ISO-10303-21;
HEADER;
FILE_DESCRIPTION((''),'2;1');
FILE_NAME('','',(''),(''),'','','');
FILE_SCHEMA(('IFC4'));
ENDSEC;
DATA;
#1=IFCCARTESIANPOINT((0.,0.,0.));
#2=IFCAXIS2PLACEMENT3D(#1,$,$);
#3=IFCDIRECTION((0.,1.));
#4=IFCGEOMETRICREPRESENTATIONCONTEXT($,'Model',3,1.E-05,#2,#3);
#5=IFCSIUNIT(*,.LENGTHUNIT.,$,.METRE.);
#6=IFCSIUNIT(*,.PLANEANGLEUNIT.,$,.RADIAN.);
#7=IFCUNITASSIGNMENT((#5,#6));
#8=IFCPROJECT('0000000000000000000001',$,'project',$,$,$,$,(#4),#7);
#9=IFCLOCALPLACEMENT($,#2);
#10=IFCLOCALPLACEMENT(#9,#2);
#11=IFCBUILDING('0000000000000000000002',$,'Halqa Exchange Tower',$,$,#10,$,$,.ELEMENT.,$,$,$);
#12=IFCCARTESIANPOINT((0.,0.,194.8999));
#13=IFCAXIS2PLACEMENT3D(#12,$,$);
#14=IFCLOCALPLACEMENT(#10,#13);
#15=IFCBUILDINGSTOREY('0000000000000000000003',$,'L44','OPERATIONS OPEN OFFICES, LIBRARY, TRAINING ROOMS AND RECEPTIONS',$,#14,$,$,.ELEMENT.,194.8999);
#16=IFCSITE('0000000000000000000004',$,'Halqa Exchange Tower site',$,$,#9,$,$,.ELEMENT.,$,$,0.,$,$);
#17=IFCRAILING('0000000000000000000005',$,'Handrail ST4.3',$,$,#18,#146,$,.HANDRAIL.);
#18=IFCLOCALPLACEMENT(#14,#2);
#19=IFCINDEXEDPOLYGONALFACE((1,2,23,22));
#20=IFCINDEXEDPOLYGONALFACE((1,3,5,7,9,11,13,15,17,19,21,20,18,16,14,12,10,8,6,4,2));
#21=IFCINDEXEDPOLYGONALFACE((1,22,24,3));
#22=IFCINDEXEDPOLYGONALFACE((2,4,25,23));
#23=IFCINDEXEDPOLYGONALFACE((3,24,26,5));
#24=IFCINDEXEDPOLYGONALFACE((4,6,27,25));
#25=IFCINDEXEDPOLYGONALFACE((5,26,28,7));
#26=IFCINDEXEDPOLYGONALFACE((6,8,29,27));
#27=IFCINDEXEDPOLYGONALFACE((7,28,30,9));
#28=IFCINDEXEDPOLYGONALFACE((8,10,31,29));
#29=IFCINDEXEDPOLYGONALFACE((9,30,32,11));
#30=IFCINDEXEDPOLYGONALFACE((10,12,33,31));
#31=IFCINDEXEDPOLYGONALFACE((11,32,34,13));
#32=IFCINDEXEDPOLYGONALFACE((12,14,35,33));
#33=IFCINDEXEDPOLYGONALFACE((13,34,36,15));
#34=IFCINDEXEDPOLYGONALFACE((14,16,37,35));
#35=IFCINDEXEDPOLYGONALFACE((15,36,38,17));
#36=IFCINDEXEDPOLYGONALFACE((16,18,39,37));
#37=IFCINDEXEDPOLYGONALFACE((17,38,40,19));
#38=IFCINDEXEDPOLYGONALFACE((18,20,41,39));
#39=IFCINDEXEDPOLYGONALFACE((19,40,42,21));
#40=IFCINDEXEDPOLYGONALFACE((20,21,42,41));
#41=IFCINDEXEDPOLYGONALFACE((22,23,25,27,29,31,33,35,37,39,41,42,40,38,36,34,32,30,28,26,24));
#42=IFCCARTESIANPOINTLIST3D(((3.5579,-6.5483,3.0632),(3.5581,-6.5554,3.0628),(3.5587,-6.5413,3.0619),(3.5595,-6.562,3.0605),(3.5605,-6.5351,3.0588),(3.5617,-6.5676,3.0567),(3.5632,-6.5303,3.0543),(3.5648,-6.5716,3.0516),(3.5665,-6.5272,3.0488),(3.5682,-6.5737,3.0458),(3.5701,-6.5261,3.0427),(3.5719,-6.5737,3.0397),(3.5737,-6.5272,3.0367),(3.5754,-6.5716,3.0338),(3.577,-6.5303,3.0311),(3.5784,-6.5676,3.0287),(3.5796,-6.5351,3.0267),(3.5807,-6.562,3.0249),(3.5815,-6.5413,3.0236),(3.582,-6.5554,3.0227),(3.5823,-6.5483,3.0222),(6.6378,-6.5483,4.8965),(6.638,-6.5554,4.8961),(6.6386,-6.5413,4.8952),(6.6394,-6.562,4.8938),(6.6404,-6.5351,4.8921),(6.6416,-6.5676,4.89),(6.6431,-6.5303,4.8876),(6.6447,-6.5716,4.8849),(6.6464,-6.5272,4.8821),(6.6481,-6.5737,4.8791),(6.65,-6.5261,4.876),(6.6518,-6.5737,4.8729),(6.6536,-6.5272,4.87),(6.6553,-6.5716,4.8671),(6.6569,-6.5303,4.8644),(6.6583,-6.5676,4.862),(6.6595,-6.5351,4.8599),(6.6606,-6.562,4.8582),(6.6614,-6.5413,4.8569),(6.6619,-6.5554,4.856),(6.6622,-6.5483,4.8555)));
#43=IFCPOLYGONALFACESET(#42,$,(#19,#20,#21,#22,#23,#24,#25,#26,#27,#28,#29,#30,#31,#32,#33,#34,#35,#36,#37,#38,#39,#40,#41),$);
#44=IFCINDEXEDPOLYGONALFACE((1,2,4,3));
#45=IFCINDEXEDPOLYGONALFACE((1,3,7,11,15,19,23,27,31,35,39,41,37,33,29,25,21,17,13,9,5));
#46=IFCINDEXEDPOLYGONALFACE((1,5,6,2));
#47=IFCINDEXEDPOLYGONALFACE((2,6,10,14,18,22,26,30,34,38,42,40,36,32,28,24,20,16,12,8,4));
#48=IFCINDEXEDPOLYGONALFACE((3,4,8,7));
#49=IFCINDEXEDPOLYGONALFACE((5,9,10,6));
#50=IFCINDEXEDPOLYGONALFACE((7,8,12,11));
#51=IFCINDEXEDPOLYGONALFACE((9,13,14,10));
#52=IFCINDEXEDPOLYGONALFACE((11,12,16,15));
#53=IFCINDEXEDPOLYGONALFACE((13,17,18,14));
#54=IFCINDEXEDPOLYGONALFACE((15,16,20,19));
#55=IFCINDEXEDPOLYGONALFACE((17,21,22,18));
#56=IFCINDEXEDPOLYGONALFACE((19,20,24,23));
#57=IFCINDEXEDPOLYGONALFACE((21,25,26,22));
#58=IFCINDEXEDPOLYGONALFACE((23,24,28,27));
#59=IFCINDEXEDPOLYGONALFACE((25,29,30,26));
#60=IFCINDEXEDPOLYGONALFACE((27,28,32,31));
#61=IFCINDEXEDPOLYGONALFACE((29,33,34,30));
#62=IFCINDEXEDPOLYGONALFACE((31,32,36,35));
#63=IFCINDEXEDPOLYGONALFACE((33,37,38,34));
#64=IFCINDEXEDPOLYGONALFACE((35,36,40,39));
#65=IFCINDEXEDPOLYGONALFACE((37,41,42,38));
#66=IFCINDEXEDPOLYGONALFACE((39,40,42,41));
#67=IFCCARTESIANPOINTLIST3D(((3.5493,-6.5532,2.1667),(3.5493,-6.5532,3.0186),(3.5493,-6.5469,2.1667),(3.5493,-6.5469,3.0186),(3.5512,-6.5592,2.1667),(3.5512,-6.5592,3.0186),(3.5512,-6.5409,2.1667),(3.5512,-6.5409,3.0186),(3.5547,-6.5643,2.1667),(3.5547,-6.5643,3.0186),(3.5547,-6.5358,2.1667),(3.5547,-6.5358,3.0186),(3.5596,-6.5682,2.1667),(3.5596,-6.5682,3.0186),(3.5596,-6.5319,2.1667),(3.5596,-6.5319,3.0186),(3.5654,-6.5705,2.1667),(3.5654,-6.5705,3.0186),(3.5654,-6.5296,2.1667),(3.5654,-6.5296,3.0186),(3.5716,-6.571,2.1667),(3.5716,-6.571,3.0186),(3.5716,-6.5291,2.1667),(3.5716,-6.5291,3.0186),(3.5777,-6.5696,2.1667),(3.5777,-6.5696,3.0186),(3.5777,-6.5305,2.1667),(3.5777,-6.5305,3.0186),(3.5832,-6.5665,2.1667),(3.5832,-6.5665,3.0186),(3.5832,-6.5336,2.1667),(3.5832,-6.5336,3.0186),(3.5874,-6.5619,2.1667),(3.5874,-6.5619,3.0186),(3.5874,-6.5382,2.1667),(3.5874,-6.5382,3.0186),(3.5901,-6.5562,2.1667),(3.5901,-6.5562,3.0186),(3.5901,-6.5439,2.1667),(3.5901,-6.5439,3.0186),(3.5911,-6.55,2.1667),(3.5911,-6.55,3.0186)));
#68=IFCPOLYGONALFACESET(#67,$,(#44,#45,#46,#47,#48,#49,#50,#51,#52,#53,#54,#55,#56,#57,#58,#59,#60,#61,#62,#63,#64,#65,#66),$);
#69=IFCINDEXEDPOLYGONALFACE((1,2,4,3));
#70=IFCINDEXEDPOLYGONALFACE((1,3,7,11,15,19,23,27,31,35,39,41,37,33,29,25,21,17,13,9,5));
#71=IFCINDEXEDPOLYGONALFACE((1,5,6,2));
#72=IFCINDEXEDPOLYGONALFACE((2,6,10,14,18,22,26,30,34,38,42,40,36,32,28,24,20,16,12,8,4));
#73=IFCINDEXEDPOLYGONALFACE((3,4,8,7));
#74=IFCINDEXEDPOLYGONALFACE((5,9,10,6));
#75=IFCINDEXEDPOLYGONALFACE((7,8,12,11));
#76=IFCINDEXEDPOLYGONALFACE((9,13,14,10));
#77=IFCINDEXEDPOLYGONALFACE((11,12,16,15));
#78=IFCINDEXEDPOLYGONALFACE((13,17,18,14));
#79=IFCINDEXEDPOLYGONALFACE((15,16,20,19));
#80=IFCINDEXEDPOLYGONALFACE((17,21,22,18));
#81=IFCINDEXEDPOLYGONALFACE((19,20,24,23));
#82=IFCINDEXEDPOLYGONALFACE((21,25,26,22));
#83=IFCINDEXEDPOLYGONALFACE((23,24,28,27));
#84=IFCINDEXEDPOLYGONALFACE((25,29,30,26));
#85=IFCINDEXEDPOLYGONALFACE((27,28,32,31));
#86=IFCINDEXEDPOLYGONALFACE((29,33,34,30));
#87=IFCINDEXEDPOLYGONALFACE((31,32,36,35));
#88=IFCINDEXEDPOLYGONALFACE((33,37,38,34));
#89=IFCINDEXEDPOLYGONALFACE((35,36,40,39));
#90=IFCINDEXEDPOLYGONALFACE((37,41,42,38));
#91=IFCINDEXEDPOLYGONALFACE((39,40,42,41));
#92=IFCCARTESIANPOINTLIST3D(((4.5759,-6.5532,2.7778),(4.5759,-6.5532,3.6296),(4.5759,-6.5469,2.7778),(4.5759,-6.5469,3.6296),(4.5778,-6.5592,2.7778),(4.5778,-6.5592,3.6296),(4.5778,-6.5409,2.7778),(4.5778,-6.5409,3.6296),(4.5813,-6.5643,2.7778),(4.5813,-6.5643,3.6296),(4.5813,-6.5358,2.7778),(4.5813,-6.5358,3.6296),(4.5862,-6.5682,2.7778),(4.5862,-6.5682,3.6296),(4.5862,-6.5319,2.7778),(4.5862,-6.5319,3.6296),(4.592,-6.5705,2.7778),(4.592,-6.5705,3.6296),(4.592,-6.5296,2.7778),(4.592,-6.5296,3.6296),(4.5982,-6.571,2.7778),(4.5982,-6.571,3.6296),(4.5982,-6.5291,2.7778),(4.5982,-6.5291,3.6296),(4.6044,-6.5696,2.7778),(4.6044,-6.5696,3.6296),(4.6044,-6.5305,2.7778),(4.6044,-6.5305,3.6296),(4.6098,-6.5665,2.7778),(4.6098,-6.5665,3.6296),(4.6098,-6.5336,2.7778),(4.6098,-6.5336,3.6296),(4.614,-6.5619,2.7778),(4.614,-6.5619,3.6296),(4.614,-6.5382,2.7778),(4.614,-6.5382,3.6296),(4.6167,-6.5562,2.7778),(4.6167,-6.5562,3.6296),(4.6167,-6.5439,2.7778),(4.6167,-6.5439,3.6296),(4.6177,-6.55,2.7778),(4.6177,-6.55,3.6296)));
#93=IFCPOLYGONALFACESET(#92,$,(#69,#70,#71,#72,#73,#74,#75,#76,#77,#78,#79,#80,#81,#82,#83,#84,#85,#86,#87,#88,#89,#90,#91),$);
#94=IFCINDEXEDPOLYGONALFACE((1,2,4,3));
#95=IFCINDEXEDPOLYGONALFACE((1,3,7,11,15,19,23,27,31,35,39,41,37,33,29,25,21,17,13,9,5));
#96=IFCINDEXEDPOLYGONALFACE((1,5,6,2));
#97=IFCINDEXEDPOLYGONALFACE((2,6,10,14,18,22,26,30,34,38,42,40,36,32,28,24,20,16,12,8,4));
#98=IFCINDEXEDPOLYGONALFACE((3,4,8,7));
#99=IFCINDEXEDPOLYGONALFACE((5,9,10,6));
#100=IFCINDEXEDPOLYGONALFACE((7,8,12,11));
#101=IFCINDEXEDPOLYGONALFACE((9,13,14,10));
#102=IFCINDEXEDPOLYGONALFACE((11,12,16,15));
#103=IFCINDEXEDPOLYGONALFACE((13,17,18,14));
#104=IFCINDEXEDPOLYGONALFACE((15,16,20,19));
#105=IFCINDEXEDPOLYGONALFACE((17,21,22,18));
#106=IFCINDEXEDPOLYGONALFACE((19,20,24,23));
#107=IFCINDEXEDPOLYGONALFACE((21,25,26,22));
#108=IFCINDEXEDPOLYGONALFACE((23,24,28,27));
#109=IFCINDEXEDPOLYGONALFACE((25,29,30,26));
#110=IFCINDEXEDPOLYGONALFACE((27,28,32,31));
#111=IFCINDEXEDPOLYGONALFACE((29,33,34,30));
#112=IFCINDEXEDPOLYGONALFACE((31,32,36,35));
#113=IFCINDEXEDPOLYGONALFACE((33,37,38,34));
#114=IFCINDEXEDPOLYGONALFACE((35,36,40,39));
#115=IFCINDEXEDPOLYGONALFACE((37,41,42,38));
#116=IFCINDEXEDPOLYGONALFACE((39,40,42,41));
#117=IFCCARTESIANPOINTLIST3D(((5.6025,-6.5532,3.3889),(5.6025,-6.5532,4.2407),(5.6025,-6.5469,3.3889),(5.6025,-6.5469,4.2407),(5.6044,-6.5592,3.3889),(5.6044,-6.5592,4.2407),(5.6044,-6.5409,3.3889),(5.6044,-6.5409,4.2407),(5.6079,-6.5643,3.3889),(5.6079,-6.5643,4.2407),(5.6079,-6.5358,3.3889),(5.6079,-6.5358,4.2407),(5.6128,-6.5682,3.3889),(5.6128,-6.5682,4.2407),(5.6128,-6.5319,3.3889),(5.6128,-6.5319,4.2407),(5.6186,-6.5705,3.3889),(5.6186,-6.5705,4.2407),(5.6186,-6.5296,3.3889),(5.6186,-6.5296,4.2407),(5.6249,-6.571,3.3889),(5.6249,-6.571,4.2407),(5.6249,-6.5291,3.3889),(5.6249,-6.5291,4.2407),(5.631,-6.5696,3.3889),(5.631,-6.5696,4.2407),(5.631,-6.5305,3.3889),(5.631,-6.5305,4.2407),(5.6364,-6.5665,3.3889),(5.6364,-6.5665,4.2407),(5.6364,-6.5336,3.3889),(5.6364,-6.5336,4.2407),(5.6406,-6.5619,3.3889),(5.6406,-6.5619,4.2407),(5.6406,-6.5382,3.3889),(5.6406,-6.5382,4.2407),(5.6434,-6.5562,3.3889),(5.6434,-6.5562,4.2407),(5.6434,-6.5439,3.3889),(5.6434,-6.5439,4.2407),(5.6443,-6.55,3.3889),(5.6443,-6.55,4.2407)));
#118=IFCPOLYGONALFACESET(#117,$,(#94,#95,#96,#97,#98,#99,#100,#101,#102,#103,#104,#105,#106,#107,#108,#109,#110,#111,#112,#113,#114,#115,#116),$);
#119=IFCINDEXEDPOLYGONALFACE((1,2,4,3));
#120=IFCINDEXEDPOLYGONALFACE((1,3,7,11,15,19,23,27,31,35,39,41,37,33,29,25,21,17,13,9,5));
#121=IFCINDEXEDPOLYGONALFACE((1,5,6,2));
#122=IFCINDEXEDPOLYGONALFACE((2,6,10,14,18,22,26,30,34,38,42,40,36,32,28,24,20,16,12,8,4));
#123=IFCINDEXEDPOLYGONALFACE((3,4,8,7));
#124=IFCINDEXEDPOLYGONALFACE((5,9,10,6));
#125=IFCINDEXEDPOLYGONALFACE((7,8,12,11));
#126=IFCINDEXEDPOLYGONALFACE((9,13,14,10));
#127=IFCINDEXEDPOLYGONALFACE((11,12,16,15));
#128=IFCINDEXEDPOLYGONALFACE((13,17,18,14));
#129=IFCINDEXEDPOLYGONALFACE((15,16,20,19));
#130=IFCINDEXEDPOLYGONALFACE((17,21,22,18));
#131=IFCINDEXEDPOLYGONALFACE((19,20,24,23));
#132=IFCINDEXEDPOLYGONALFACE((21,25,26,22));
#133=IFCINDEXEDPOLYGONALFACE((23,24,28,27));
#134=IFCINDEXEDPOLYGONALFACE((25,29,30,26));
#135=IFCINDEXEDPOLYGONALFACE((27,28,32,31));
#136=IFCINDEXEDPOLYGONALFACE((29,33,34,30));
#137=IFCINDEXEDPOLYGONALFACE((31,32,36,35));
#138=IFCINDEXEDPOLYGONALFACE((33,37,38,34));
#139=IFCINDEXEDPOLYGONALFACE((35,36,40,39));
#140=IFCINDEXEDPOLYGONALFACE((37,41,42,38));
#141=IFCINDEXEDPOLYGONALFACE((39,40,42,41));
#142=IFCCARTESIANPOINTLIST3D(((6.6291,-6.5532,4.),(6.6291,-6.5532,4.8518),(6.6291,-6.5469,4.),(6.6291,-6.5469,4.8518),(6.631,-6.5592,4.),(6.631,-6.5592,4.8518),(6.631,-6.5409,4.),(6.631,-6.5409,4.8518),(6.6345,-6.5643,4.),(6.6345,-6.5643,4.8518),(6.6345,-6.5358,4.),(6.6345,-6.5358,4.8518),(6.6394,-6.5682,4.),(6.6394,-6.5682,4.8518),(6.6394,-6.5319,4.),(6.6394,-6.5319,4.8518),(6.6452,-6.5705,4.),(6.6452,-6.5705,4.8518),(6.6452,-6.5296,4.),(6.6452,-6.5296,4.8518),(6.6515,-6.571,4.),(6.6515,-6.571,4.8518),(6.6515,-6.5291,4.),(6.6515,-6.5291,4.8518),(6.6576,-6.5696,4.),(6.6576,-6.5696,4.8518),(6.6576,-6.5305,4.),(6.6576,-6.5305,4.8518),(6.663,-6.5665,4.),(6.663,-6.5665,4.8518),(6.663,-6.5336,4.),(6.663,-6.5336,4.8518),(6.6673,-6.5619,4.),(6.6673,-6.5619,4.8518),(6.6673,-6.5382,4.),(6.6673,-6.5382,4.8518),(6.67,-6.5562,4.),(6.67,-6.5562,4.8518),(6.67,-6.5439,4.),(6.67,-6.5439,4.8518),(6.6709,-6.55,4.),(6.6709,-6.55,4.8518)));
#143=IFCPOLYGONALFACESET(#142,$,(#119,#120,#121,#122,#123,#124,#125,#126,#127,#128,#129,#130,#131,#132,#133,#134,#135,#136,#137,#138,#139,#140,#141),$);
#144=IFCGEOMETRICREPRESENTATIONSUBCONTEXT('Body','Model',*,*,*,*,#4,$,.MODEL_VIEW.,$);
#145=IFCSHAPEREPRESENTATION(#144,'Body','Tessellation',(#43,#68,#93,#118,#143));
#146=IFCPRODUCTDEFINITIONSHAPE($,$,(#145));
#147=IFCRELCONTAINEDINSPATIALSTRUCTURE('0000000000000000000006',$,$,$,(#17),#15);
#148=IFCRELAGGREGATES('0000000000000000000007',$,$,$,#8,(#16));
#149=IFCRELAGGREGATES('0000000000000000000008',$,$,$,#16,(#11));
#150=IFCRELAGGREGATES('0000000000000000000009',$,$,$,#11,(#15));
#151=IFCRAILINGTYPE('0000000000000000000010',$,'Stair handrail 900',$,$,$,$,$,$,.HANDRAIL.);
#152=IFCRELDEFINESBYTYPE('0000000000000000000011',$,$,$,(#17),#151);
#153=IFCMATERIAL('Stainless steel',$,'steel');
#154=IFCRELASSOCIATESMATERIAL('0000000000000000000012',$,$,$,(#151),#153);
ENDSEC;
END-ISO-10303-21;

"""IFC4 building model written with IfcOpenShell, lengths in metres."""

from ifc_helpers import new_model, si_unit, direction, frame, origin, origin_2d, place, context, subcontext, project, spatial, circle, extrude, material, type_object, element, save


model = new_model("IFC4")

# Units and contexts
model_context = context("Model", 3, precision=1e-05, world=origin(), true_north=direction((0.0, 1.0)))
body_context = subcontext(model_context, "Body", "Model", "MODEL_VIEW")
ifc_project = project(units=[si_unit("LENGTHUNIT", "METRE"), si_unit("PLANEANGLEUNIT", "RADIAN")], contexts=[model_context])

# Site, building, storey
site_placement = place(None, origin())
site = spatial("IfcSite", under=ifc_project, at=site_placement, Name="Halqa Exchange Tower site", CompositionType="ELEMENT", RefElevation=0.0)
building_placement = place(site_placement, origin())
building = spatial("IfcBuilding", under=site, at=building_placement, Name="Halqa Exchange Tower", CompositionType="ELEMENT")
storey_placement = place(building_placement, frame((0.0, 0.0, 194.8999)))
storey = spatial("IfcBuildingStorey", under=building, at=storey_placement, Name="L44", Description="OPERATIONS OPEN OFFICES, LIBRARY, TRAINING ROOMS AND RECEPTIONS", CompositionType="ELEMENT", Elevation=194.8999)

# Railing
ifc_material_1 = material(Name="Stainless steel", Category="steel")
railing_type_1 = type_object("IfcRailingType", Name="Stair handrail 900", PredefinedType="HANDRAIL", material=ifc_material_1)
railing_1_placement = place(storey_placement, frame((3.5701, -6.55, 2.1667)))
element("IfcRailing", 1, at=railing_1_placement, inside=storey, type_object=railing_type_1, Name="Handrail ST4.3", PredefinedType="HANDRAIL", context=body_context, shape_type="SweptSolid", body=[
    extrude(circle(Radius=0.0239, at=origin_2d()), frame((0.0, 0.0, 0.876), z_axis=(0.859291, 0.0, 0.511487), x_axis=(0.0, 1.0, 0.0)), (0.0, 0.0, 1.0), 3.5842),
    extrude(circle(Radius=0.021, at=origin_2d()), origin(), (0.0, 0.0, 1.0), 0.8518),
    extrude(circle(Radius=0.021, at=origin_2d()), frame((1.0266, 0.0, 0.6111)), (0.0, 0.0, 1.0), 0.8518),
    extrude(circle(Radius=0.021, at=origin_2d()), frame((2.0532, 0.0, 1.2222)), (0.0, 0.0, 1.0), 0.8518),
    extrude(circle(Radius=0.021, at=origin_2d()), frame((3.0798, 0.0, 1.8333)), (0.0, 0.0, 1.0), 0.8518),
])

save(model, "model.ifc")
